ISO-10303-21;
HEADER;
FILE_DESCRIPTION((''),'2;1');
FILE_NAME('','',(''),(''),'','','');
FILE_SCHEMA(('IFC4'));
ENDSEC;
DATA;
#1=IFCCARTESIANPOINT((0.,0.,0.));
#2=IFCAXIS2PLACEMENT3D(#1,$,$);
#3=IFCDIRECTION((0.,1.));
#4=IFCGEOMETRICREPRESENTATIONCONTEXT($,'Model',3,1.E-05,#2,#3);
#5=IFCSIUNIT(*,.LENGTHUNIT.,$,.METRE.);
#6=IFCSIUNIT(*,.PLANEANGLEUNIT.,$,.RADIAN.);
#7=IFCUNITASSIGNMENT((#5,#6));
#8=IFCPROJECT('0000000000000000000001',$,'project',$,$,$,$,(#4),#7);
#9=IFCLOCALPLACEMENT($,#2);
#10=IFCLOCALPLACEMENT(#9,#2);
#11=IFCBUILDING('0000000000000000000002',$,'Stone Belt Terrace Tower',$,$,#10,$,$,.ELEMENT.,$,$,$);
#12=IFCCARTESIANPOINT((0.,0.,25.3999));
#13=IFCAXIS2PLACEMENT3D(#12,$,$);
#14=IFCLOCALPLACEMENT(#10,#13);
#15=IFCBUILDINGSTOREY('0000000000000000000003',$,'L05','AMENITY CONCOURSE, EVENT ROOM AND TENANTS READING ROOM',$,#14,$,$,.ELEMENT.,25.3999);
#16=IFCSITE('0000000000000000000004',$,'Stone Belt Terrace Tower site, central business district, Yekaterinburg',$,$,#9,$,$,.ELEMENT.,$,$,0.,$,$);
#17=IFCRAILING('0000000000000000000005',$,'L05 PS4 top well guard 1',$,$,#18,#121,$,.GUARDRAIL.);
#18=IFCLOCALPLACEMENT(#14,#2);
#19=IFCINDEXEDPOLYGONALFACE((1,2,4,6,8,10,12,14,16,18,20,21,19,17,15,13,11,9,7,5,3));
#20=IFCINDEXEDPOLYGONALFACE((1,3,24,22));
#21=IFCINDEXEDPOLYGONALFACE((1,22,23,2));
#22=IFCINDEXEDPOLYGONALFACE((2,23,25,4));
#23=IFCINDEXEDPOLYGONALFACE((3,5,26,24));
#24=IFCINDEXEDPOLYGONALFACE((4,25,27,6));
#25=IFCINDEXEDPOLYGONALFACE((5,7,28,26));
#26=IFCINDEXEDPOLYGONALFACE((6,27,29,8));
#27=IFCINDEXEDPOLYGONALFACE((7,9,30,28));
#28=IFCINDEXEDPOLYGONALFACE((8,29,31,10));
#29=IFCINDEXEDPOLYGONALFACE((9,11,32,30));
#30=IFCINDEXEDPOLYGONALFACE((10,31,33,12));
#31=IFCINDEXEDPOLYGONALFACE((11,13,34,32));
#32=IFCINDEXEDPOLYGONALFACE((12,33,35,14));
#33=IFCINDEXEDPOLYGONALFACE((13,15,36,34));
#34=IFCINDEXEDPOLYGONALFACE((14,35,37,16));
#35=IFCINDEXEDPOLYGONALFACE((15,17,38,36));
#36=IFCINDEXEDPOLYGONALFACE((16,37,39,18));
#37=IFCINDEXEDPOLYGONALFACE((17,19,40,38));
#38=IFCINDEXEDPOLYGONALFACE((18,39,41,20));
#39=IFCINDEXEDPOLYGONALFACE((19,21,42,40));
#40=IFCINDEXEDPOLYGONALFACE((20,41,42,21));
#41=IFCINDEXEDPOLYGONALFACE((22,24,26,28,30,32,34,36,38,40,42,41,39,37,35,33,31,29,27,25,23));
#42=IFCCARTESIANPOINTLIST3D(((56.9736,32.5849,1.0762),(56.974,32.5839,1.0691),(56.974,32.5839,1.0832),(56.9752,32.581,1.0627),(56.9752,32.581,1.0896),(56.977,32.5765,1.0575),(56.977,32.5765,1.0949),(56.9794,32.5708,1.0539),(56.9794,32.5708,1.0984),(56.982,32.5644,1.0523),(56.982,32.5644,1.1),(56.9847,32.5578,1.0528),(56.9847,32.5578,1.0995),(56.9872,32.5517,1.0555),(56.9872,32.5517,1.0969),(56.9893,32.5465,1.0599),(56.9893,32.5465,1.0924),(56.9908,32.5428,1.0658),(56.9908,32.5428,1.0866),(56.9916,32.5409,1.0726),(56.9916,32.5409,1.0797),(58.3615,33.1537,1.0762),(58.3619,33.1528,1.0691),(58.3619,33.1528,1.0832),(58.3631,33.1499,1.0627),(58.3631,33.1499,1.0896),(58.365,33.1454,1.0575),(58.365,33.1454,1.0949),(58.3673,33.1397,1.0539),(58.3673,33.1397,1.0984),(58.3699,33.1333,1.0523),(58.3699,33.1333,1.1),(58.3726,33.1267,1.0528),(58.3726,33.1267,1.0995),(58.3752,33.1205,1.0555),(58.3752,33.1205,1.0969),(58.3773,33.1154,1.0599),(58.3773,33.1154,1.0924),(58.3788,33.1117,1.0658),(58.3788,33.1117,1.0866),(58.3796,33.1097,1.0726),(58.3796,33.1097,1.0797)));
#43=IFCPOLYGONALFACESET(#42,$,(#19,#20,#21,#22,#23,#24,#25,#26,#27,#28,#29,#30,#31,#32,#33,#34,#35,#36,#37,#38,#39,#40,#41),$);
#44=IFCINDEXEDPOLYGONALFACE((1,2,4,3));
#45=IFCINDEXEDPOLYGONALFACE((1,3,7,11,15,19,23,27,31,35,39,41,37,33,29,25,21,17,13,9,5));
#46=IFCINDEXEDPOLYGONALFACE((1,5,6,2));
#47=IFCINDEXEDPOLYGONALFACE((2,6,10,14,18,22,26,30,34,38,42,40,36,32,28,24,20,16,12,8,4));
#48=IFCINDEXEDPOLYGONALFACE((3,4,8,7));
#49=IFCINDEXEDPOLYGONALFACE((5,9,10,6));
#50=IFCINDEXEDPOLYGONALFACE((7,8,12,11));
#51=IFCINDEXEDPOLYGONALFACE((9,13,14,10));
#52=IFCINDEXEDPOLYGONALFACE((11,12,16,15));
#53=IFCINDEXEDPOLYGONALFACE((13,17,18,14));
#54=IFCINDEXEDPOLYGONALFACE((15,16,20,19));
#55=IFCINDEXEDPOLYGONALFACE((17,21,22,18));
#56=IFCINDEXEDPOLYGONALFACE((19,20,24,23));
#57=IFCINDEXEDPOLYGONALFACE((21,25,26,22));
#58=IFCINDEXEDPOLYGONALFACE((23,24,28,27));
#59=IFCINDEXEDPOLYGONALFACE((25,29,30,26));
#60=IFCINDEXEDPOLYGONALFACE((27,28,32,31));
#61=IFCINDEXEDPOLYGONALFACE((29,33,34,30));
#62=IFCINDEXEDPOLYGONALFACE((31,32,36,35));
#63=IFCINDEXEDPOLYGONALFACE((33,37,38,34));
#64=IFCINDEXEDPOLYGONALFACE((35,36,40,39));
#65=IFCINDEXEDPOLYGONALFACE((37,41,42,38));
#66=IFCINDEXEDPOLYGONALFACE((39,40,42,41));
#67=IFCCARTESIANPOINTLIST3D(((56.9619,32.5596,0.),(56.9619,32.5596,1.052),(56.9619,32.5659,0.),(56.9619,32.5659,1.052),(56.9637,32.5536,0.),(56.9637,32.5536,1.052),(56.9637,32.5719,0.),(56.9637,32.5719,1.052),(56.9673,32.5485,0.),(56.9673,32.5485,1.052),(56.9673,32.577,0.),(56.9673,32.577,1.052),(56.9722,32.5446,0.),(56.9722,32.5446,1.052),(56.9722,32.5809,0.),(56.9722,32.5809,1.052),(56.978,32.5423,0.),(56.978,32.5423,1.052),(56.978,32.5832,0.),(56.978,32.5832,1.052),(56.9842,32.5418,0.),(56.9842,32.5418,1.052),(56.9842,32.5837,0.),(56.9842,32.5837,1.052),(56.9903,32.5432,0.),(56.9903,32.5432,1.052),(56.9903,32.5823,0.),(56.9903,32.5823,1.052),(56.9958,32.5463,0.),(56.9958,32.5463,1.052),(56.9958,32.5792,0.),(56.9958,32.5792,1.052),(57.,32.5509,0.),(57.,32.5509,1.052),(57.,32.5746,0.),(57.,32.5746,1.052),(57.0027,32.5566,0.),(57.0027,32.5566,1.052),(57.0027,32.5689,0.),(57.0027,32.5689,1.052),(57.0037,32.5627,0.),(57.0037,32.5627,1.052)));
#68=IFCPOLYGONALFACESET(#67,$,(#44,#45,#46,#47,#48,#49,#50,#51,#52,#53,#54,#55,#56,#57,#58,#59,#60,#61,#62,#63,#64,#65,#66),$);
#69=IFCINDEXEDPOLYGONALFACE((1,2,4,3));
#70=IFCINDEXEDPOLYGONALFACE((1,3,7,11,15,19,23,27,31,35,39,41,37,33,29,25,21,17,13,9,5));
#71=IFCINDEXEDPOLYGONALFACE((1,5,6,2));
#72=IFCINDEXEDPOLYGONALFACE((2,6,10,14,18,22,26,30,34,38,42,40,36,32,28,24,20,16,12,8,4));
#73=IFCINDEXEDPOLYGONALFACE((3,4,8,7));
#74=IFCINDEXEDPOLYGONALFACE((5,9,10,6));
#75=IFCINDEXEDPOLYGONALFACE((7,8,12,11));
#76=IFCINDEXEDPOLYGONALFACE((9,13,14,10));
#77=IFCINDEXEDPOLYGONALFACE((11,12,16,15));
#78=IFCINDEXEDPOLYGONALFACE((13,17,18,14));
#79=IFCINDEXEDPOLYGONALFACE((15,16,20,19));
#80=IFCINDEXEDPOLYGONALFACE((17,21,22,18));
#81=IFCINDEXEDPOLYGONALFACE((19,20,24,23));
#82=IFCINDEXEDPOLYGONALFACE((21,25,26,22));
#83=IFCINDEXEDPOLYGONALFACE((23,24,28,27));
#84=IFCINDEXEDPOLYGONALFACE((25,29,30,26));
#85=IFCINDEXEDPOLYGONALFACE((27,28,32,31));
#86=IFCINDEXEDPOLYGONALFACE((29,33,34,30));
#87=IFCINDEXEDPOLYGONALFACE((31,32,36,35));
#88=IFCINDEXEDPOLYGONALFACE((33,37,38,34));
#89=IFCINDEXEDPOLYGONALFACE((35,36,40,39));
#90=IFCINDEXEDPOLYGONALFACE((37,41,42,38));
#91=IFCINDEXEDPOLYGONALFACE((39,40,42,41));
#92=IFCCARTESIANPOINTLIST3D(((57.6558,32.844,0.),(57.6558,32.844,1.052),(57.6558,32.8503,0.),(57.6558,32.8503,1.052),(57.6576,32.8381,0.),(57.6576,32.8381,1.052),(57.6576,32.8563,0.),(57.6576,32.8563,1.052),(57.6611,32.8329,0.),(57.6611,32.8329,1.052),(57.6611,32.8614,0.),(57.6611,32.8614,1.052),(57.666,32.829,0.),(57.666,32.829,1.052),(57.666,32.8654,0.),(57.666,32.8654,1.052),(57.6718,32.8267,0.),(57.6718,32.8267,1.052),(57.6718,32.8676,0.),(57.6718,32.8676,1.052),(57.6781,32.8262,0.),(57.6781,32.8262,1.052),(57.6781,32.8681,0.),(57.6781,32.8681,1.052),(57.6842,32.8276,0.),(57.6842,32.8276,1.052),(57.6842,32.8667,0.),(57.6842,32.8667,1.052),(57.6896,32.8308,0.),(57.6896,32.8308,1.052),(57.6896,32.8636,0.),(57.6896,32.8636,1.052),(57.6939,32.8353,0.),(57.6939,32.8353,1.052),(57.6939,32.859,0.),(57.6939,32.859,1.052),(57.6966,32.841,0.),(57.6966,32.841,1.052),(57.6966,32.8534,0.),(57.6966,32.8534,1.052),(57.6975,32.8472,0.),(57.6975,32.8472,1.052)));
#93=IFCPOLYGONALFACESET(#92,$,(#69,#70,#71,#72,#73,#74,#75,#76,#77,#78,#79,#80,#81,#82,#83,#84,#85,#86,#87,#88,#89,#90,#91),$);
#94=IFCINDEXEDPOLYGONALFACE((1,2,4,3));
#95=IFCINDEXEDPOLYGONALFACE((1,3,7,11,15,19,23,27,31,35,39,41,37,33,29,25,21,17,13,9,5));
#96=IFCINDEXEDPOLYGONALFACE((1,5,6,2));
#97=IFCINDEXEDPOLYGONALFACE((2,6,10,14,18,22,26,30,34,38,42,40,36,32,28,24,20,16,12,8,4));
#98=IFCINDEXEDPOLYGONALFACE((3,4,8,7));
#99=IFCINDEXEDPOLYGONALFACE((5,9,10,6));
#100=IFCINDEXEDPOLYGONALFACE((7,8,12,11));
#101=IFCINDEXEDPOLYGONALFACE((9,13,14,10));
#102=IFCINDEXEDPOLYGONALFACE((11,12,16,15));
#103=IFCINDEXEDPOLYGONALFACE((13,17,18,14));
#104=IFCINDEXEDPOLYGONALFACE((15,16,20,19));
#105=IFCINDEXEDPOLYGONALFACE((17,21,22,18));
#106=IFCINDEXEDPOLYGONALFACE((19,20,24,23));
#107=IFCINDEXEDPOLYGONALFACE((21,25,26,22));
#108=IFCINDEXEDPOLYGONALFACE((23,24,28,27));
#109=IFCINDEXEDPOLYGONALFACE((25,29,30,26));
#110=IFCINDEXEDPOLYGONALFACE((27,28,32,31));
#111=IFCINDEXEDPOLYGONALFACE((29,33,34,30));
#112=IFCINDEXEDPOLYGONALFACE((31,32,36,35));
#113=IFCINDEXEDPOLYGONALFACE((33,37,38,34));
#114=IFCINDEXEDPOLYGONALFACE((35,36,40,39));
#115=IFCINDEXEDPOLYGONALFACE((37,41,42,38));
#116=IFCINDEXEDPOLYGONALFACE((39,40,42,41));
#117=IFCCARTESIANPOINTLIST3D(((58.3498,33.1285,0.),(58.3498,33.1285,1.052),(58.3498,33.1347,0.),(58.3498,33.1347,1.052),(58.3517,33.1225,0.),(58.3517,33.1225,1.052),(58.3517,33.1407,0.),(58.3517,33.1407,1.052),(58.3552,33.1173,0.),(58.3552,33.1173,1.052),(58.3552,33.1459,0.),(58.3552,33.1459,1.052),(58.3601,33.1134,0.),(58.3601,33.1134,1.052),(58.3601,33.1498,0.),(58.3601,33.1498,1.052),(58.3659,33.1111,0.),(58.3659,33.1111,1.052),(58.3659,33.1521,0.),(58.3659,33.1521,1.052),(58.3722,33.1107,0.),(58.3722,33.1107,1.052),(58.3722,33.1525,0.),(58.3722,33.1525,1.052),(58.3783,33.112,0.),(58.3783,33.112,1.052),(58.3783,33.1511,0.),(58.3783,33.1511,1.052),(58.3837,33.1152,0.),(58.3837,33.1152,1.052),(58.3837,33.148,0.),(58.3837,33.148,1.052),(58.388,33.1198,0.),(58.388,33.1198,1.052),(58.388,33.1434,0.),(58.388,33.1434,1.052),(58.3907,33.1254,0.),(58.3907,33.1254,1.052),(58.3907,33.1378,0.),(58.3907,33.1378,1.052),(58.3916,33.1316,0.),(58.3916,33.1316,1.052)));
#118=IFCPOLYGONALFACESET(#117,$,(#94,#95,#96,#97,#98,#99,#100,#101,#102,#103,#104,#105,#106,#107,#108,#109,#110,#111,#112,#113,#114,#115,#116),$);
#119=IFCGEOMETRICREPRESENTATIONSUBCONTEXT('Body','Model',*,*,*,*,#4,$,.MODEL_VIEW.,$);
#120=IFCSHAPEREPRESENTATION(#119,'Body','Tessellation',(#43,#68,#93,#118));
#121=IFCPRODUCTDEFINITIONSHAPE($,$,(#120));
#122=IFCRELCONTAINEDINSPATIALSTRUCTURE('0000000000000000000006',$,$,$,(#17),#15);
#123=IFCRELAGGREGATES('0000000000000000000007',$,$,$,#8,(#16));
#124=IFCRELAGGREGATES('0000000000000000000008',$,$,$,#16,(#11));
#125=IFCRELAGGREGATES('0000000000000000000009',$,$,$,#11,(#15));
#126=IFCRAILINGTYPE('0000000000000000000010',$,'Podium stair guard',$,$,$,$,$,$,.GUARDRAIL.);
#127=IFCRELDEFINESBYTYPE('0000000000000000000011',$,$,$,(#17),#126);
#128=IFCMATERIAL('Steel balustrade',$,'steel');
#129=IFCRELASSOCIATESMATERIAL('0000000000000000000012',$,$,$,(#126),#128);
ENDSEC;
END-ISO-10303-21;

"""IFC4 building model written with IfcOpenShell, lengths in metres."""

from ifc_helpers import new_model, si_unit, direction, frame, origin, origin_2d, place, context, subcontext, project, spatial, circle, extrude, material, type_object, element, save


model = new_model("IFC4")

# Units and contexts
model_context = context("Model", 3, precision=1e-05, world=origin(), true_north=direction((0.0, 1.0)))
body_context = subcontext(model_context, "Body", "Model", "MODEL_VIEW")
ifc_project = project(units=[si_unit("LENGTHUNIT", "METRE"), si_unit("PLANEANGLEUNIT", "RADIAN")], contexts=[model_context])

# Site, building, storey
site_placement = place(None, origin())
site = spatial("IfcSite", under=ifc_project, at=site_placement, Name="Stone Belt Terrace Tower site, central business district, Yekaterinburg", CompositionType="ELEMENT", RefElevation=0.0)
building_placement = place(site_placement, origin())
building = spatial("IfcBuilding", under=site, at=building_placement, Name="Stone Belt Terrace Tower", CompositionType="ELEMENT")
storey_placement = place(building_placement, frame((0.0, 0.0, 25.3999)))
storey = spatial("IfcBuildingStorey", under=building, at=storey_placement, Name="L05", Description="AMENITY CONCOURSE, EVENT ROOM AND TENANTS READING ROOM", CompositionType="ELEMENT", Elevation=25.3999)

# Railing
ifc_material_1 = material(Name="Steel balustrade", Category="steel")
railing_type = type_object("IfcRailingType", Name="Podium stair guard", PredefinedType="GUARDRAIL", material=ifc_material_1)
railing_placement = place(storey_placement, frame((56.9827, 32.5627, 0.0)))
element("IfcRailing", 1, at=railing_placement, inside=storey, type_object=railing_type, Name="L05 PS4 top well guard 1", PredefinedType="GUARDRAIL", context=body_context, shape_type="SweptSolid", body=[
    extrude(circle(Radius=0.0239, at=origin_2d()), frame((0.0, 0.0, 1.0762), z_axis=(0.9253, 0.379235, 0.0), x_axis=(-0.379235, 0.9253, 0.0)), (0.0, 0.0, 1.0), 1.5),
    extrude(circle(Radius=0.021, at=origin_2d()), origin(), (0.0, 0.0, 1.0), 1.052),
    extrude(circle(Radius=0.021, at=origin_2d()), frame((0.6938, 0.2844, 0.0)), (0.0, 0.0, 1.0), 1.052),
    extrude(circle(Radius=0.021, at=origin_2d()), frame((1.3879, 0.5688, 0.0)), (0.0, 0.0, 1.0), 1.052),
])

save(model, "model.ifc")
